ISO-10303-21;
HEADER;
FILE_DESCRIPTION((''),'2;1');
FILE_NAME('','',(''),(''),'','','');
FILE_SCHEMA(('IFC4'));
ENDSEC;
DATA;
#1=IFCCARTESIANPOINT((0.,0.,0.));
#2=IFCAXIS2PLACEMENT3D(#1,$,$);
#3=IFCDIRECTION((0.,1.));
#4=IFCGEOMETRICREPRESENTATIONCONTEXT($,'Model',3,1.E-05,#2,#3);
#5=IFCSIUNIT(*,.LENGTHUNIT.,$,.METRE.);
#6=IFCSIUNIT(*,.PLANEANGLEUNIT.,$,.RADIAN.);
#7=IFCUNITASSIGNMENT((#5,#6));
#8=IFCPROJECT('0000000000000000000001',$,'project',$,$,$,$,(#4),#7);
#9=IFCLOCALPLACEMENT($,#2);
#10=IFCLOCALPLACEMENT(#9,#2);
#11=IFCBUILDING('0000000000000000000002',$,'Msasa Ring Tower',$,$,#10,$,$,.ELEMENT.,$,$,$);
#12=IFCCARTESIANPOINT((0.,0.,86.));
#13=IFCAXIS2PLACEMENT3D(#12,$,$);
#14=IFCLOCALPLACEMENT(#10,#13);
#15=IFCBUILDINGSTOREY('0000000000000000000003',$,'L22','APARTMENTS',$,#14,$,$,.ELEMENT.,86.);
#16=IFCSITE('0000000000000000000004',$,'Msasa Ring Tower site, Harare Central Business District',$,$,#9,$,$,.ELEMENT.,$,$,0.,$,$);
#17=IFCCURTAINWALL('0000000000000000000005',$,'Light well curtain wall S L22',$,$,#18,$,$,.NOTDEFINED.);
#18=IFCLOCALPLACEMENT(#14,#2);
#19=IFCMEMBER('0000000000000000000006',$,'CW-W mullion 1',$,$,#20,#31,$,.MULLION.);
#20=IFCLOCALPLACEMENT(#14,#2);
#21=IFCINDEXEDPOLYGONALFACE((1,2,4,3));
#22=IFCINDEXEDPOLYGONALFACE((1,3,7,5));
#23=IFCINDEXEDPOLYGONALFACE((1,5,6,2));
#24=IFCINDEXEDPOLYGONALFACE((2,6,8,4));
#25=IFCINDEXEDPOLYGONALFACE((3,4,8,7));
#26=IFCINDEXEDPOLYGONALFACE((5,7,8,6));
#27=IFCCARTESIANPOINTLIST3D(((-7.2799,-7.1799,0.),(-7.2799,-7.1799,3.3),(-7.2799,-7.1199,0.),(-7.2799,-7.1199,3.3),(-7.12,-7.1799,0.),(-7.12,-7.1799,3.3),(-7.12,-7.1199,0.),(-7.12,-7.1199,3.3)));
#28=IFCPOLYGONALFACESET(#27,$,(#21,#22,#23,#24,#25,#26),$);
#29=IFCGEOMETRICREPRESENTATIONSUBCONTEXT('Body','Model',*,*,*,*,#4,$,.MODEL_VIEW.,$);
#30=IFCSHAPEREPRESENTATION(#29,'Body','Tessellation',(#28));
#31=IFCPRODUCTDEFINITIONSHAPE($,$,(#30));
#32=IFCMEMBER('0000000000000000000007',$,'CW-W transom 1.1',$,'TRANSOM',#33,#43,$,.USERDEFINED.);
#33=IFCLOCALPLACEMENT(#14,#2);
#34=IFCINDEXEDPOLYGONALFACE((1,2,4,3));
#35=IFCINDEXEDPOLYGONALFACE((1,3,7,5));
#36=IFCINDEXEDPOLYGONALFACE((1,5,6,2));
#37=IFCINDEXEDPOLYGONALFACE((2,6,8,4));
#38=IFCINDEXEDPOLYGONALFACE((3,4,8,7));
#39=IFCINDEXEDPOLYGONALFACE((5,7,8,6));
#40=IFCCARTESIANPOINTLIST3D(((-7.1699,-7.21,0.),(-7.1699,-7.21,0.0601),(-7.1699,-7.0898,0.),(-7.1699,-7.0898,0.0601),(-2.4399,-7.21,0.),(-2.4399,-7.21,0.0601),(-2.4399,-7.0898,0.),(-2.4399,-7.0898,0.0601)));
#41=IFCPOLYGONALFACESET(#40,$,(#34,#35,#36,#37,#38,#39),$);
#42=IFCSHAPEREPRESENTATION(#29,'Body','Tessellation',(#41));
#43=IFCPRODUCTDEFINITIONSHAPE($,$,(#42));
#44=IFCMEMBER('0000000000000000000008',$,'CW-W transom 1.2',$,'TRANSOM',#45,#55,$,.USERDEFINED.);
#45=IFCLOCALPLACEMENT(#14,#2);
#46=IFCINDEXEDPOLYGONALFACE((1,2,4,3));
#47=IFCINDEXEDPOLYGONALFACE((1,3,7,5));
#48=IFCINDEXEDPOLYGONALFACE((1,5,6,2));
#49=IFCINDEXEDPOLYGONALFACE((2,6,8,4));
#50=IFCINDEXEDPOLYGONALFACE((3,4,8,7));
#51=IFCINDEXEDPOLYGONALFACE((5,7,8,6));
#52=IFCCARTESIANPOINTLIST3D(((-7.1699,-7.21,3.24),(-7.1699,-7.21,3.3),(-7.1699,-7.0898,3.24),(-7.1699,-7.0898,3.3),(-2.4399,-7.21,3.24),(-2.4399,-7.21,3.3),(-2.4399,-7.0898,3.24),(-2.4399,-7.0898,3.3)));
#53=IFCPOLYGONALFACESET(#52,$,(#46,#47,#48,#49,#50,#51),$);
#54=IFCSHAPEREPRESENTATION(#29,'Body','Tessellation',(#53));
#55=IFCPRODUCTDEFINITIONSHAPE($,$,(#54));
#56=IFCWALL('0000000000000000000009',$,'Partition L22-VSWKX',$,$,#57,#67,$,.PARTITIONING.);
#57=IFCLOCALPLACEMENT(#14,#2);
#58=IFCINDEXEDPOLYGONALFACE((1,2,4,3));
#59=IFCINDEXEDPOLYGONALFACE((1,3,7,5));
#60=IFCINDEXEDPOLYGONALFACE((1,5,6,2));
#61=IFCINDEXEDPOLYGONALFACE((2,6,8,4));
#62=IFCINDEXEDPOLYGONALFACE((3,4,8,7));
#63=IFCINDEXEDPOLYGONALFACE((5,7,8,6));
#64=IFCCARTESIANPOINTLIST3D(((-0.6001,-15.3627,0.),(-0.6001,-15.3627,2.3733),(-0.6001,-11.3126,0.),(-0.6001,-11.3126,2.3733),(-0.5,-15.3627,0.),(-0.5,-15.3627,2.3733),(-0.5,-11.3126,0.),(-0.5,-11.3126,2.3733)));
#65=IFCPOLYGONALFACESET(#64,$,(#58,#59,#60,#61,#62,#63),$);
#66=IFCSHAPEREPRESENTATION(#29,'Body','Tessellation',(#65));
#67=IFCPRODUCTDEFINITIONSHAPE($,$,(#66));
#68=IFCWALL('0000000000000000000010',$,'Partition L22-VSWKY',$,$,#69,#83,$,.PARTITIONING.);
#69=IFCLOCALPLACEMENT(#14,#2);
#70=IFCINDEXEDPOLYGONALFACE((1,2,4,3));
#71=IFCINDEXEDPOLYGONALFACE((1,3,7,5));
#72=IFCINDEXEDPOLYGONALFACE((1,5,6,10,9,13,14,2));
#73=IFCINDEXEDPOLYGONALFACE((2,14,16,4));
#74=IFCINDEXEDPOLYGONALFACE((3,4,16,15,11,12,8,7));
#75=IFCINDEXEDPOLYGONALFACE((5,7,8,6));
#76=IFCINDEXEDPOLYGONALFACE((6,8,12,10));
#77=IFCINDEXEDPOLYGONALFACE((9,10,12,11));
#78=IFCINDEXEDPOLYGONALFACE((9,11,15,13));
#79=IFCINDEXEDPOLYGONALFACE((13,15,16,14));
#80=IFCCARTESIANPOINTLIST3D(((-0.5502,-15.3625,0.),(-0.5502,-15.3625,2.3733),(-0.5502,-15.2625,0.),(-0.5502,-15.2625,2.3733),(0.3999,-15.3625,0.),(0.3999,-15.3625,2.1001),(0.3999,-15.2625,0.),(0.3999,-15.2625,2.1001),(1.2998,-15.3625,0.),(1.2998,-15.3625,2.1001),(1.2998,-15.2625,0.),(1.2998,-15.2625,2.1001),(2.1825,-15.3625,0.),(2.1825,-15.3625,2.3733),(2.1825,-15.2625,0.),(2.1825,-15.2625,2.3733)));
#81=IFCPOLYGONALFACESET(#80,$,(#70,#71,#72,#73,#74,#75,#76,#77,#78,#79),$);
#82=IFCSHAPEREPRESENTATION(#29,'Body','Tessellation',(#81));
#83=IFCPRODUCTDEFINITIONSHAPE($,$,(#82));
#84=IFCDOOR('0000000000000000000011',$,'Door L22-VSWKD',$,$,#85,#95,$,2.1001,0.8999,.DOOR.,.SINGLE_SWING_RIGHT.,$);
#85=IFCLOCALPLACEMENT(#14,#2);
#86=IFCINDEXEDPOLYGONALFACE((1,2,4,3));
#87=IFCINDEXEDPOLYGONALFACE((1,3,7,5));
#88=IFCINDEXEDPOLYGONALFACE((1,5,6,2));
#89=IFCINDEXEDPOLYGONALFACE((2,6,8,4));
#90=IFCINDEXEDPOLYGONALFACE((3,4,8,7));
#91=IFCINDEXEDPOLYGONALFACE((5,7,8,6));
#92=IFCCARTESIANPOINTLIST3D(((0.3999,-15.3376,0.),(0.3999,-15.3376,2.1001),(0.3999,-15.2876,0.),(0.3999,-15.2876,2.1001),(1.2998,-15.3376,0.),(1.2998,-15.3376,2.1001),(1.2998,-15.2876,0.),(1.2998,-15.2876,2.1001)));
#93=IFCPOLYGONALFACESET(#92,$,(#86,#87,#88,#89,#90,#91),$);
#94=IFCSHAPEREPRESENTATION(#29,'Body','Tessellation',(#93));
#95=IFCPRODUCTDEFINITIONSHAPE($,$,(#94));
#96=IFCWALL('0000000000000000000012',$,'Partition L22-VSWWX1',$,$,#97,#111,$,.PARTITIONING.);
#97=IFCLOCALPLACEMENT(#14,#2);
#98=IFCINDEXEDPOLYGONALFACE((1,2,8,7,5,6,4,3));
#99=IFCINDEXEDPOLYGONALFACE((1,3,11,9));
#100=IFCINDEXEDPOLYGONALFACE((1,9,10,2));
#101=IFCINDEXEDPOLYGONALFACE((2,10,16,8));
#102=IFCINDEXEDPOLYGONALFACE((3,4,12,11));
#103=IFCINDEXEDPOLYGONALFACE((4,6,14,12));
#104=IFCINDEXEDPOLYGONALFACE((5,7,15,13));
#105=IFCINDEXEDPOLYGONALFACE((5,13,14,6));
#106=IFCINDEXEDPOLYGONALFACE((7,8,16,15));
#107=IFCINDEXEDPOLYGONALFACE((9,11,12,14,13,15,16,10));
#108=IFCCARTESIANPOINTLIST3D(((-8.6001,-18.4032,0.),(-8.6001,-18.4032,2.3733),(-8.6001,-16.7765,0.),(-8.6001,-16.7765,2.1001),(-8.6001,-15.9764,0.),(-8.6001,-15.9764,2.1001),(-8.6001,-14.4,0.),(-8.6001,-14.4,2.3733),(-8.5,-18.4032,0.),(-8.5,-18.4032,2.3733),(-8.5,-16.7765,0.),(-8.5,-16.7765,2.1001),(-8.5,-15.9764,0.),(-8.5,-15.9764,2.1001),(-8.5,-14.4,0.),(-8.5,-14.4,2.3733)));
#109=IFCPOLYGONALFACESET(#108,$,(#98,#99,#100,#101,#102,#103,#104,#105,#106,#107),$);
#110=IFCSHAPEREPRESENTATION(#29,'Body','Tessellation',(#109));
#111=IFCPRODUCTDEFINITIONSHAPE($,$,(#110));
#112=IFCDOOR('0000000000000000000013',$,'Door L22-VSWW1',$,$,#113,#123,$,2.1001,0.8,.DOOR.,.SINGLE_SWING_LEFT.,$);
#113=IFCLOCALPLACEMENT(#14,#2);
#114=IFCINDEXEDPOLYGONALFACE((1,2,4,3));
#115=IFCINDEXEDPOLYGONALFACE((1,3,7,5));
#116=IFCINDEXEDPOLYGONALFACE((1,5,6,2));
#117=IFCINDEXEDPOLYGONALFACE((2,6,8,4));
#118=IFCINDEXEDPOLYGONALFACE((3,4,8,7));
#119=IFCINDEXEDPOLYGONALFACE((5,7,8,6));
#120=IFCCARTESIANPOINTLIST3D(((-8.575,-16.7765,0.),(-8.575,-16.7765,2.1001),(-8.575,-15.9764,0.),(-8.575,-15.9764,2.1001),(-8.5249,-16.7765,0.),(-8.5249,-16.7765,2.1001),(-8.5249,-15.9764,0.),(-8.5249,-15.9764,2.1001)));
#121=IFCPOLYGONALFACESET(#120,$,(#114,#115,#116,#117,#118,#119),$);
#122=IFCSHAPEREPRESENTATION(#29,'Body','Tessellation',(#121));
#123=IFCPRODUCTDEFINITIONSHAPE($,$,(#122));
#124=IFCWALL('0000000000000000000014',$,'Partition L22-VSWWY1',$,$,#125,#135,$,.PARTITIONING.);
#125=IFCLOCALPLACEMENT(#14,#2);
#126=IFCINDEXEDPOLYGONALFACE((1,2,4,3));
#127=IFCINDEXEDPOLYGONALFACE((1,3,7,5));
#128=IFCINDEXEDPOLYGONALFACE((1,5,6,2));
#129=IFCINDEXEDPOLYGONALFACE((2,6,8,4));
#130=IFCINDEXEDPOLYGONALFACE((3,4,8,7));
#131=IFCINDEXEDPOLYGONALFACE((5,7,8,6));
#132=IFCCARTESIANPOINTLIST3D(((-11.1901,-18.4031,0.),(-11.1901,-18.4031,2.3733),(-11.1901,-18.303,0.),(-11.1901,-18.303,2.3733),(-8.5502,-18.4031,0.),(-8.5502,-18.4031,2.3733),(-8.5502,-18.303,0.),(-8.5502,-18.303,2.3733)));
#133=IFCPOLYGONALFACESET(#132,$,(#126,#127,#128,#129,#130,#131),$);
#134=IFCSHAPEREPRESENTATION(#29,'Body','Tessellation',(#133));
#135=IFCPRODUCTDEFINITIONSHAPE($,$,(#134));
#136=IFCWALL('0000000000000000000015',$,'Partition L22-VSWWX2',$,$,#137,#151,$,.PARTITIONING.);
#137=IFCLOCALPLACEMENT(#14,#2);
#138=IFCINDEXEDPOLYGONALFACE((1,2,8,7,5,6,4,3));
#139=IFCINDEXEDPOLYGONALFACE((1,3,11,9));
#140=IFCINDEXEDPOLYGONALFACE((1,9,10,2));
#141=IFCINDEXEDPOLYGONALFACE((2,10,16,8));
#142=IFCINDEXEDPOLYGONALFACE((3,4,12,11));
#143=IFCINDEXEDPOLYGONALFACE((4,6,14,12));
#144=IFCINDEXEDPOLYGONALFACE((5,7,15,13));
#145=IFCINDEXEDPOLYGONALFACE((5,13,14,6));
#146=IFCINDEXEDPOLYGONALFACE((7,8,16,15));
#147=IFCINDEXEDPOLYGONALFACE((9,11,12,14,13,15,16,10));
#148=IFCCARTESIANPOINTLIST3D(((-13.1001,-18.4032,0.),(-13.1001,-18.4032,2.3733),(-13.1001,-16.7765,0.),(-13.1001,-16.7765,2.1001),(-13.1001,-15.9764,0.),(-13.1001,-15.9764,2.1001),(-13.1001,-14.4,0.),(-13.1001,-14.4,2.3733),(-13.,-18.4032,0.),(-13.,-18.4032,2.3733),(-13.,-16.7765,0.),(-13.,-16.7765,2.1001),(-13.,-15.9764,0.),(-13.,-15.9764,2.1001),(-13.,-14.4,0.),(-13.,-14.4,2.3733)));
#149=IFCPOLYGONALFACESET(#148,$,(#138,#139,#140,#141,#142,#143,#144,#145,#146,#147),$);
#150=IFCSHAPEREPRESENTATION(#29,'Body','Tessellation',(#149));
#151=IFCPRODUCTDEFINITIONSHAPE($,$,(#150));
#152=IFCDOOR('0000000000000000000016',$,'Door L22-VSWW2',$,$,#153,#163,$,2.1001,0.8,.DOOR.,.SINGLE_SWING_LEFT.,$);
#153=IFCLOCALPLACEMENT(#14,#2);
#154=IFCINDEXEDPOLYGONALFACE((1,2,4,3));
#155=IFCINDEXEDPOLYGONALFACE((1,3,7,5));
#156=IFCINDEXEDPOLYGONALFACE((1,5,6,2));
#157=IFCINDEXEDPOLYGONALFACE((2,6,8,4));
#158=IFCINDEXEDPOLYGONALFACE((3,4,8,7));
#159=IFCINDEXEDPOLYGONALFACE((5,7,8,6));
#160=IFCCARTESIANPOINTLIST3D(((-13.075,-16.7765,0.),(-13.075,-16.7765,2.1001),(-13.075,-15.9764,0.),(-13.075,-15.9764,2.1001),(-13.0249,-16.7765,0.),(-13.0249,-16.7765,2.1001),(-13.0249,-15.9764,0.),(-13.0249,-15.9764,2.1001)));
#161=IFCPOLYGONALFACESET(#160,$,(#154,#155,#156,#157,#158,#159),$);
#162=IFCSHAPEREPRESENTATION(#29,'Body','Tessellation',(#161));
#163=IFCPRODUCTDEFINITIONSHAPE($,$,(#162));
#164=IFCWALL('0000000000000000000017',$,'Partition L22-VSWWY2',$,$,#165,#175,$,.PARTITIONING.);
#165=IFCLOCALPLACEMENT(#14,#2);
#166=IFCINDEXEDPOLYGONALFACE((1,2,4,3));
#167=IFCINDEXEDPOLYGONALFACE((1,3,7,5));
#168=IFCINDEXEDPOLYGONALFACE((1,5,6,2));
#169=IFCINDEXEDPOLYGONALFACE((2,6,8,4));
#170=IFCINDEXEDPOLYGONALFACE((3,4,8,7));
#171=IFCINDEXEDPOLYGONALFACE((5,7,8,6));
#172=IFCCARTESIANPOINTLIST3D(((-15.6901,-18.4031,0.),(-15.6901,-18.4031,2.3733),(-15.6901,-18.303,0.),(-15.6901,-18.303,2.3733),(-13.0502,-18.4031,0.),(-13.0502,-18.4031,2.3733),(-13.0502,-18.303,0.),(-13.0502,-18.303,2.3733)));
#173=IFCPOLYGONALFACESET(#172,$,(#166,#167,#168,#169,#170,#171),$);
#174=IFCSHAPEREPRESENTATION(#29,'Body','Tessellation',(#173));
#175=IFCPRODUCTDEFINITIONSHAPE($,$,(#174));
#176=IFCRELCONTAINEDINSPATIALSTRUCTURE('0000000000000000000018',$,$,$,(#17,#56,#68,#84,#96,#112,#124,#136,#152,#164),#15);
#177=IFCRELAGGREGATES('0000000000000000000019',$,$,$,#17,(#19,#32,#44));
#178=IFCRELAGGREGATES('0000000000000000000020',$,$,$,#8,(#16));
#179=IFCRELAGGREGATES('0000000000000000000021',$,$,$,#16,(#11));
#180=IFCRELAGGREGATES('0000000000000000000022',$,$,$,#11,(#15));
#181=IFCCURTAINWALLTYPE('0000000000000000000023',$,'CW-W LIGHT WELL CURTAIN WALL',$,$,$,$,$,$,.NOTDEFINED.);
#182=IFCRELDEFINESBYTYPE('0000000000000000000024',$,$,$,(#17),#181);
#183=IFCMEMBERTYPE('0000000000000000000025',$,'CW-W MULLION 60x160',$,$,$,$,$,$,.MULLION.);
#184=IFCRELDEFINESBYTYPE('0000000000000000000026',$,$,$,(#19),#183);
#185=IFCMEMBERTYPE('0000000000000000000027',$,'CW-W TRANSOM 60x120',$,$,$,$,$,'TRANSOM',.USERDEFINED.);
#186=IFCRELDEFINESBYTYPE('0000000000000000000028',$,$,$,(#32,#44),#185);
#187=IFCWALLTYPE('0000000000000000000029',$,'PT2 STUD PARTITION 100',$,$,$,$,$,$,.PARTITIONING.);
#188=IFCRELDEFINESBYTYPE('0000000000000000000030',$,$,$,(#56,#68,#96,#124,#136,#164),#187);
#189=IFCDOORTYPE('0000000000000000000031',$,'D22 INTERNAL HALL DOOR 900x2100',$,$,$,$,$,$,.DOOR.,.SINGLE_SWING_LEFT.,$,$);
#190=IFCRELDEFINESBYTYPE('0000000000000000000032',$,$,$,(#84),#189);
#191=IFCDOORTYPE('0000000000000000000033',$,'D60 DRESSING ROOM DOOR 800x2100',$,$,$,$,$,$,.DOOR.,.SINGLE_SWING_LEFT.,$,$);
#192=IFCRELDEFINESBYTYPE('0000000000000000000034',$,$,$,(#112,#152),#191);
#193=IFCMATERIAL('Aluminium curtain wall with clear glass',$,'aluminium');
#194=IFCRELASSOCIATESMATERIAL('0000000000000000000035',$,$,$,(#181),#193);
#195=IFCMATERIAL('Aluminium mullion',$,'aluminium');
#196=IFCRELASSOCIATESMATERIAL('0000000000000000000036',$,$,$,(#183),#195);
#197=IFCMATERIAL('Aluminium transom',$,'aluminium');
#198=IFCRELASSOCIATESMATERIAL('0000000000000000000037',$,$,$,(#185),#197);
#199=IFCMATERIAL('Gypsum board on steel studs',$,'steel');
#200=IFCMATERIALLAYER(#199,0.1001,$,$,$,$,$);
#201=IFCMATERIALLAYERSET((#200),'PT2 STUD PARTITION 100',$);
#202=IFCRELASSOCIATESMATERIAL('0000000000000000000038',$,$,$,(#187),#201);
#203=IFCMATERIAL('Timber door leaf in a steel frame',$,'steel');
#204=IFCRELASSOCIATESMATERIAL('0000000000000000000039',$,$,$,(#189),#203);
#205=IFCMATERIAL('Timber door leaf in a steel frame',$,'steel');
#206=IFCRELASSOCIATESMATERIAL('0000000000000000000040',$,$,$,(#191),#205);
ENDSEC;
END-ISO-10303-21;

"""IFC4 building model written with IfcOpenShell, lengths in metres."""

from ifc_helpers import new_model, si_unit, direction, frame, frame_2d, origin, origin_2d, place, context, subcontext, project, spatial, rectangle, extrude, material, layer, layer_set, material_profile, profile_set, type_object, element, fill, aggregate, save


model = new_model("IFC4")

# Units and contexts
model_context = context("Model", 3, precision=1e-05, world=origin(), true_north=direction((0.0, 1.0)))
body_context = subcontext(model_context, "Body", "Model", "MODEL_VIEW")
ifc_project = project(units=[si_unit("LENGTHUNIT", "METRE"), si_unit("PLANEANGLEUNIT", "RADIAN")], contexts=[model_context])

# Site, building, storey
site_placement = place(None, origin())
site = spatial("IfcSite", under=ifc_project, at=site_placement, Name="Msasa Ring Tower site, Harare Central Business District", CompositionType="ELEMENT", RefElevation=0.0)
building_placement = place(site_placement, origin())
building = spatial("IfcBuilding", under=site, at=building_placement, Name="Msasa Ring Tower", CompositionType="ELEMENT")
storey_placement = place(building_placement, frame((0.0, 0.0, 86.0)))
storey = spatial("IfcBuildingStorey", under=building, at=storey_placement, Name="L22", Description="APARTMENTS", CompositionType="ELEMENT", Elevation=86.0)

# Curtain wall, members
ifc_material_1 = material(Name="Aluminium curtain wall with clear glass", Category="aluminium")
curtain_wall_type = type_object("IfcCurtainWallType", Name="CW-W LIGHT WELL CURTAIN WALL", PredefinedType="NOTDEFINED", material=ifc_material_1)
curtain_wall_placement = place(storey_placement, origin())
curtain_wall = element("IfcCurtainWall", 1, at=curtain_wall_placement, inside=storey, type_object=curtain_wall_type, Name="Light well curtain wall S L22", PredefinedType="NOTDEFINED")
ifc_material_2 = material(Name="Aluminium mullion", Category="aluminium")
ifc_material_profile_1 = material_profile(ifc_material_2, rectangle(XDim=0.0601, YDim=0.1599, at=origin_2d()), Name="AL 60x160")
ifc_profile_set_1 = profile_set([ifc_material_profile_1], Name="Aluminium mullion")
member_type_1 = type_object("IfcMemberType", Name="CW-W MULLION 60x160", PredefinedType="MULLION", material=ifc_profile_set_1)
member_1_placement = place(storey_placement, frame((-7.2, -7.1499, 0.0), z_axis=(0.0, 0.0, 1.0), x_axis=(0.0, 1.0, 0.0)))
member_1 = element("IfcMember", 2, at=member_1_placement, type_object=member_type_1, Name="CW-W mullion 1", PredefinedType="MULLION", context=body_context, shape_type="SweptSolid", body=[
    extrude(rectangle(XDim=0.0601, YDim=0.1599, at=origin_2d()), origin(), (0.0, 0.0, 1.0), 3.3),
])
ifc_material_3 = material(Name="Aluminium transom", Category="aluminium")
ifc_material_profile_2 = material_profile(ifc_material_3, rectangle(XDim=0.1201, YDim=0.0601, at=origin_2d()), Name="AL 60x120")
ifc_profile_set_2 = profile_set([ifc_material_profile_2], Name="Aluminium transom")
member_type_2 = type_object("IfcMemberType", Name="CW-W TRANSOM 60x120", ElementType="TRANSOM", PredefinedType="USERDEFINED", material=ifc_profile_set_2)
member_2_placement = place(storey_placement, frame((-7.1699, -7.1499, 0.03), z_axis=(1.0, 0.0, 0.0), x_axis=(0.0, 1.0, 0.0)))
member_2 = element("IfcMember", 3, at=member_2_placement, type_object=member_type_2, Name="CW-W transom 1.1", ObjectType="TRANSOM", PredefinedType="USERDEFINED", context=body_context, shape_type="SweptSolid", body=[
    extrude(rectangle(XDim=0.1201, YDim=0.0601, at=origin_2d()), origin(), (0.0, 0.0, 1.0), 4.73),
])
member_3_placement = place(storey_placement, frame((-7.1699, -7.1499, 3.27), z_axis=(1.0, 0.0, 0.0), x_axis=(0.0, 1.0, 0.0)))
member_3 = element("IfcMember", 4, at=member_3_placement, type_object=member_type_2, Name="CW-W transom 1.2", ObjectType="TRANSOM", PredefinedType="USERDEFINED", context=body_context, shape_type="SweptSolid", body=[
    extrude(rectangle(XDim=0.1201, YDim=0.0601, at=origin_2d()), origin(), (0.0, 0.0, 1.0), 4.73),
])
aggregate(curtain_wall, [member_1, member_2, member_3])

# Wall
ifc_material_4 = material(Name="Gypsum board on steel studs", Category="steel")
ifc_layer_1 = layer(ifc_material_4, 0.1001)
ifc_layer_set_1 = layer_set([ifc_layer_1], Name="PT2 STUD PARTITION 100")
wall_type_1 = type_object("IfcWallType", Name="PT2 STUD PARTITION 100", PredefinedType="PARTITIONING", material=ifc_layer_set_1)
wall_1_placement = place(storey_placement, frame((-0.55, -15.3625, 0.0), z_axis=(0.0, 0.0, 1.0), x_axis=(0.0, 1.0, 0.0)))
element("IfcWall", 5, at=wall_1_placement, inside=storey, type_object=wall_type_1, Name="Partition L22-VSWKX", PredefinedType="PARTITIONING", context=body_context, shape_type="SweptSolid", body=[
    extrude(rectangle(XDim=4.05, YDim=0.1001, at=frame_2d((2.0249, 0.0))), origin(), (0.0, 0.0, 1.0), 2.3733),
])

# Walls, openings, doors
wall_2_placement = place(storey_placement, frame((-0.55, -15.3125, 0.0), z_axis=(0.0, 0.0, 1.0), x_axis=(1.0, 0.0, 0.0)))
wall_2 = element("IfcWall", 6, at=wall_2_placement, inside=storey, type_object=wall_type_1, Name="Partition L22-VSWKY", PredefinedType="PARTITIONING", context=body_context, shape_type="SweptSolid", body=[
    extrude(rectangle(XDim=2.7327, YDim=0.1001, at=frame_2d((1.3662, 0.0))), origin(), (0.0, 0.0, 1.0), 2.3733),
])
opening_1_placement = place(wall_2_placement, frame((0.95, 0.0, 0.0)))
opening_1 = element("IfcOpeningElement", 7, at=opening_1_placement, cuts=wall_2, PredefinedType="OPENING", context=body_context, shape_type="SweptSolid", body=[
    extrude(rectangle(XDim=0.8999, YDim=2.1001, at=frame_2d((0.45, 1.05))), frame((0.0, 0.0601, 0.0), z_axis=(0.0, -1.0, 0.0), x_axis=(1.0, 0.0, 0.0)), (0.0, 0.0, 1.0), 0.1201),
])
ifc_material_5 = material(Name="Timber door leaf in a steel frame", Category="steel")
door_type_1 = type_object("IfcDoorType", Name="D22 INTERNAL HALL DOOR 900x2100", OperationType="SINGLE_SWING_LEFT", PredefinedType="DOOR", material=ifc_material_5)
door_1_placement = place(opening_1_placement, origin())
door_1 = element("IfcDoor", 8, at=door_1_placement, inside=storey, type_object=door_type_1, Name="Door L22-VSWKD", OperationType="SINGLE_SWING_RIGHT", OverallHeight=2.1001, OverallWidth=0.8999, PredefinedType="DOOR", context=body_context, shape_type="SweptSolid", body=[
    extrude(rectangle(XDim=0.8999, YDim=2.1001, at=frame_2d((0.45, 1.05))), frame((0.0, 0.0249, 0.0), z_axis=(0.0, -1.0, 0.0), x_axis=(1.0, 0.0, 0.0)), (0.0, 0.0, 1.0), 0.05),
])
fill(opening_1, door_1)
wall_3_placement = place(storey_placement, frame((-8.55, -18.4031, 0.0), z_axis=(0.0, 0.0, 1.0), x_axis=(0.0, 1.0, 0.0)))
wall_3 = element("IfcWall", 9, at=wall_3_placement, inside=storey, type_object=wall_type_1, Name="Partition L22-VSWWX1", PredefinedType="PARTITIONING", context=body_context, shape_type="SweptSolid", body=[
    extrude(rectangle(XDim=4.0032, YDim=0.1001, at=frame_2d((2.0015, 0.0))), origin(), (0.0, 0.0, 1.0), 2.3733),
])
opening_2_placement = place(wall_3_placement, frame((1.6267, 0.0, 0.0)))
opening_2 = element("IfcOpeningElement", 10, at=opening_2_placement, cuts=wall_3, PredefinedType="OPENING", context=body_context, shape_type="SweptSolid", body=[
    extrude(rectangle(XDim=0.8, YDim=2.1001, at=frame_2d((0.3999, 1.05))), frame((0.0, 0.0601, 0.0), z_axis=(0.0, -1.0, 0.0), x_axis=(1.0, 0.0, 0.0)), (0.0, 0.0, 1.0), 0.1201),
])
ifc_material_6 = material(Name="Timber door leaf in a steel frame", Category="steel")
door_type_2 = type_object("IfcDoorType", Name="D60 DRESSING ROOM DOOR 800x2100", OperationType="SINGLE_SWING_LEFT", PredefinedType="DOOR", material=ifc_material_6)
door_2_placement = place(opening_2_placement, origin())
door_2 = element("IfcDoor", 11, at=door_2_placement, inside=storey, type_object=door_type_2, Name="Door L22-VSWW1", OperationType="SINGLE_SWING_LEFT", OverallHeight=2.1001, OverallWidth=0.8, PredefinedType="DOOR", context=body_context, shape_type="SweptSolid", body=[
    extrude(rectangle(XDim=0.8, YDim=2.1001, at=frame_2d((0.3999, 1.05))), frame((0.0, 0.0249, 0.0), z_axis=(0.0, -1.0, 0.0), x_axis=(1.0, 0.0, 0.0)), (0.0, 0.0, 1.0), 0.05),
])
fill(opening_2, door_2)

# Wall
wall_4_placement = place(storey_placement, frame((-11.1899, -18.353, 0.0), z_axis=(0.0, 0.0, 1.0), x_axis=(1.0, 0.0, 0.0)))
element("IfcWall", 12, at=wall_4_placement, inside=storey, type_object=wall_type_1, Name="Partition L22-VSWWY1", PredefinedType="PARTITIONING", context=body_context, shape_type="SweptSolid", body=[
    extrude(rectangle(XDim=2.6399, YDim=0.1001, at=frame_2d((1.3198, 0.0))), origin(), (0.0, 0.0, 1.0), 2.3733),
])

# Wall, opening, door
wall_5_placement = place(storey_placement, frame((-13.05, -18.4031, 0.0), z_axis=(0.0, 0.0, 1.0), x_axis=(0.0, 1.0, 0.0)))
wall_5 = element("IfcWall", 13, at=wall_5_placement, inside=storey, type_object=wall_type_1, Name="Partition L22-VSWWX2", PredefinedType="PARTITIONING", context=body_context, shape_type="SweptSolid", body=[
    extrude(rectangle(XDim=4.0032, YDim=0.1001, at=frame_2d((2.0015, 0.0))), origin(), (0.0, 0.0, 1.0), 2.3733),
])
opening_3_placement = place(wall_5_placement, frame((1.6267, 0.0, 0.0)))
opening_3 = element("IfcOpeningElement", 14, at=opening_3_placement, cuts=wall_5, PredefinedType="OPENING", context=body_context, shape_type="SweptSolid", body=[
    extrude(rectangle(XDim=0.8, YDim=2.1001, at=frame_2d((0.3999, 1.05))), frame((0.0, 0.0601, 0.0), z_axis=(0.0, -1.0, 0.0), x_axis=(1.0, 0.0, 0.0)), (0.0, 0.0, 1.0), 0.1201),
])
door_3_placement = place(opening_3_placement, origin())
door_3 = element("IfcDoor", 15, at=door_3_placement, inside=storey, type_object=door_type_2, Name="Door L22-VSWW2", OperationType="SINGLE_SWING_LEFT", OverallHeight=2.1001, OverallWidth=0.8, PredefinedType="DOOR", context=body_context, shape_type="SweptSolid", body=[
    extrude(rectangle(XDim=0.8, YDim=2.1001, at=frame_2d((0.3999, 1.05))), frame((0.0, 0.0249, 0.0), z_axis=(0.0, -1.0, 0.0), x_axis=(1.0, 0.0, 0.0)), (0.0, 0.0, 1.0), 0.05),
])
fill(opening_3, door_3)

# Wall
wall_6_placement = place(storey_placement, frame((-15.6899, -18.353, 0.0), z_axis=(0.0, 0.0, 1.0), x_axis=(1.0, 0.0, 0.0)))
element("IfcWall", 16, at=wall_6_placement, inside=storey, type_object=wall_type_1, Name="Partition L22-VSWWY2", PredefinedType="PARTITIONING", context=body_context, shape_type="SweptSolid", body=[
    extrude(rectangle(XDim=2.6399, YDim=0.1001, at=frame_2d((1.3198, 0.0))), origin(), (0.0, 0.0, 1.0), 2.3733),
])

save(model, "model.ifc")
